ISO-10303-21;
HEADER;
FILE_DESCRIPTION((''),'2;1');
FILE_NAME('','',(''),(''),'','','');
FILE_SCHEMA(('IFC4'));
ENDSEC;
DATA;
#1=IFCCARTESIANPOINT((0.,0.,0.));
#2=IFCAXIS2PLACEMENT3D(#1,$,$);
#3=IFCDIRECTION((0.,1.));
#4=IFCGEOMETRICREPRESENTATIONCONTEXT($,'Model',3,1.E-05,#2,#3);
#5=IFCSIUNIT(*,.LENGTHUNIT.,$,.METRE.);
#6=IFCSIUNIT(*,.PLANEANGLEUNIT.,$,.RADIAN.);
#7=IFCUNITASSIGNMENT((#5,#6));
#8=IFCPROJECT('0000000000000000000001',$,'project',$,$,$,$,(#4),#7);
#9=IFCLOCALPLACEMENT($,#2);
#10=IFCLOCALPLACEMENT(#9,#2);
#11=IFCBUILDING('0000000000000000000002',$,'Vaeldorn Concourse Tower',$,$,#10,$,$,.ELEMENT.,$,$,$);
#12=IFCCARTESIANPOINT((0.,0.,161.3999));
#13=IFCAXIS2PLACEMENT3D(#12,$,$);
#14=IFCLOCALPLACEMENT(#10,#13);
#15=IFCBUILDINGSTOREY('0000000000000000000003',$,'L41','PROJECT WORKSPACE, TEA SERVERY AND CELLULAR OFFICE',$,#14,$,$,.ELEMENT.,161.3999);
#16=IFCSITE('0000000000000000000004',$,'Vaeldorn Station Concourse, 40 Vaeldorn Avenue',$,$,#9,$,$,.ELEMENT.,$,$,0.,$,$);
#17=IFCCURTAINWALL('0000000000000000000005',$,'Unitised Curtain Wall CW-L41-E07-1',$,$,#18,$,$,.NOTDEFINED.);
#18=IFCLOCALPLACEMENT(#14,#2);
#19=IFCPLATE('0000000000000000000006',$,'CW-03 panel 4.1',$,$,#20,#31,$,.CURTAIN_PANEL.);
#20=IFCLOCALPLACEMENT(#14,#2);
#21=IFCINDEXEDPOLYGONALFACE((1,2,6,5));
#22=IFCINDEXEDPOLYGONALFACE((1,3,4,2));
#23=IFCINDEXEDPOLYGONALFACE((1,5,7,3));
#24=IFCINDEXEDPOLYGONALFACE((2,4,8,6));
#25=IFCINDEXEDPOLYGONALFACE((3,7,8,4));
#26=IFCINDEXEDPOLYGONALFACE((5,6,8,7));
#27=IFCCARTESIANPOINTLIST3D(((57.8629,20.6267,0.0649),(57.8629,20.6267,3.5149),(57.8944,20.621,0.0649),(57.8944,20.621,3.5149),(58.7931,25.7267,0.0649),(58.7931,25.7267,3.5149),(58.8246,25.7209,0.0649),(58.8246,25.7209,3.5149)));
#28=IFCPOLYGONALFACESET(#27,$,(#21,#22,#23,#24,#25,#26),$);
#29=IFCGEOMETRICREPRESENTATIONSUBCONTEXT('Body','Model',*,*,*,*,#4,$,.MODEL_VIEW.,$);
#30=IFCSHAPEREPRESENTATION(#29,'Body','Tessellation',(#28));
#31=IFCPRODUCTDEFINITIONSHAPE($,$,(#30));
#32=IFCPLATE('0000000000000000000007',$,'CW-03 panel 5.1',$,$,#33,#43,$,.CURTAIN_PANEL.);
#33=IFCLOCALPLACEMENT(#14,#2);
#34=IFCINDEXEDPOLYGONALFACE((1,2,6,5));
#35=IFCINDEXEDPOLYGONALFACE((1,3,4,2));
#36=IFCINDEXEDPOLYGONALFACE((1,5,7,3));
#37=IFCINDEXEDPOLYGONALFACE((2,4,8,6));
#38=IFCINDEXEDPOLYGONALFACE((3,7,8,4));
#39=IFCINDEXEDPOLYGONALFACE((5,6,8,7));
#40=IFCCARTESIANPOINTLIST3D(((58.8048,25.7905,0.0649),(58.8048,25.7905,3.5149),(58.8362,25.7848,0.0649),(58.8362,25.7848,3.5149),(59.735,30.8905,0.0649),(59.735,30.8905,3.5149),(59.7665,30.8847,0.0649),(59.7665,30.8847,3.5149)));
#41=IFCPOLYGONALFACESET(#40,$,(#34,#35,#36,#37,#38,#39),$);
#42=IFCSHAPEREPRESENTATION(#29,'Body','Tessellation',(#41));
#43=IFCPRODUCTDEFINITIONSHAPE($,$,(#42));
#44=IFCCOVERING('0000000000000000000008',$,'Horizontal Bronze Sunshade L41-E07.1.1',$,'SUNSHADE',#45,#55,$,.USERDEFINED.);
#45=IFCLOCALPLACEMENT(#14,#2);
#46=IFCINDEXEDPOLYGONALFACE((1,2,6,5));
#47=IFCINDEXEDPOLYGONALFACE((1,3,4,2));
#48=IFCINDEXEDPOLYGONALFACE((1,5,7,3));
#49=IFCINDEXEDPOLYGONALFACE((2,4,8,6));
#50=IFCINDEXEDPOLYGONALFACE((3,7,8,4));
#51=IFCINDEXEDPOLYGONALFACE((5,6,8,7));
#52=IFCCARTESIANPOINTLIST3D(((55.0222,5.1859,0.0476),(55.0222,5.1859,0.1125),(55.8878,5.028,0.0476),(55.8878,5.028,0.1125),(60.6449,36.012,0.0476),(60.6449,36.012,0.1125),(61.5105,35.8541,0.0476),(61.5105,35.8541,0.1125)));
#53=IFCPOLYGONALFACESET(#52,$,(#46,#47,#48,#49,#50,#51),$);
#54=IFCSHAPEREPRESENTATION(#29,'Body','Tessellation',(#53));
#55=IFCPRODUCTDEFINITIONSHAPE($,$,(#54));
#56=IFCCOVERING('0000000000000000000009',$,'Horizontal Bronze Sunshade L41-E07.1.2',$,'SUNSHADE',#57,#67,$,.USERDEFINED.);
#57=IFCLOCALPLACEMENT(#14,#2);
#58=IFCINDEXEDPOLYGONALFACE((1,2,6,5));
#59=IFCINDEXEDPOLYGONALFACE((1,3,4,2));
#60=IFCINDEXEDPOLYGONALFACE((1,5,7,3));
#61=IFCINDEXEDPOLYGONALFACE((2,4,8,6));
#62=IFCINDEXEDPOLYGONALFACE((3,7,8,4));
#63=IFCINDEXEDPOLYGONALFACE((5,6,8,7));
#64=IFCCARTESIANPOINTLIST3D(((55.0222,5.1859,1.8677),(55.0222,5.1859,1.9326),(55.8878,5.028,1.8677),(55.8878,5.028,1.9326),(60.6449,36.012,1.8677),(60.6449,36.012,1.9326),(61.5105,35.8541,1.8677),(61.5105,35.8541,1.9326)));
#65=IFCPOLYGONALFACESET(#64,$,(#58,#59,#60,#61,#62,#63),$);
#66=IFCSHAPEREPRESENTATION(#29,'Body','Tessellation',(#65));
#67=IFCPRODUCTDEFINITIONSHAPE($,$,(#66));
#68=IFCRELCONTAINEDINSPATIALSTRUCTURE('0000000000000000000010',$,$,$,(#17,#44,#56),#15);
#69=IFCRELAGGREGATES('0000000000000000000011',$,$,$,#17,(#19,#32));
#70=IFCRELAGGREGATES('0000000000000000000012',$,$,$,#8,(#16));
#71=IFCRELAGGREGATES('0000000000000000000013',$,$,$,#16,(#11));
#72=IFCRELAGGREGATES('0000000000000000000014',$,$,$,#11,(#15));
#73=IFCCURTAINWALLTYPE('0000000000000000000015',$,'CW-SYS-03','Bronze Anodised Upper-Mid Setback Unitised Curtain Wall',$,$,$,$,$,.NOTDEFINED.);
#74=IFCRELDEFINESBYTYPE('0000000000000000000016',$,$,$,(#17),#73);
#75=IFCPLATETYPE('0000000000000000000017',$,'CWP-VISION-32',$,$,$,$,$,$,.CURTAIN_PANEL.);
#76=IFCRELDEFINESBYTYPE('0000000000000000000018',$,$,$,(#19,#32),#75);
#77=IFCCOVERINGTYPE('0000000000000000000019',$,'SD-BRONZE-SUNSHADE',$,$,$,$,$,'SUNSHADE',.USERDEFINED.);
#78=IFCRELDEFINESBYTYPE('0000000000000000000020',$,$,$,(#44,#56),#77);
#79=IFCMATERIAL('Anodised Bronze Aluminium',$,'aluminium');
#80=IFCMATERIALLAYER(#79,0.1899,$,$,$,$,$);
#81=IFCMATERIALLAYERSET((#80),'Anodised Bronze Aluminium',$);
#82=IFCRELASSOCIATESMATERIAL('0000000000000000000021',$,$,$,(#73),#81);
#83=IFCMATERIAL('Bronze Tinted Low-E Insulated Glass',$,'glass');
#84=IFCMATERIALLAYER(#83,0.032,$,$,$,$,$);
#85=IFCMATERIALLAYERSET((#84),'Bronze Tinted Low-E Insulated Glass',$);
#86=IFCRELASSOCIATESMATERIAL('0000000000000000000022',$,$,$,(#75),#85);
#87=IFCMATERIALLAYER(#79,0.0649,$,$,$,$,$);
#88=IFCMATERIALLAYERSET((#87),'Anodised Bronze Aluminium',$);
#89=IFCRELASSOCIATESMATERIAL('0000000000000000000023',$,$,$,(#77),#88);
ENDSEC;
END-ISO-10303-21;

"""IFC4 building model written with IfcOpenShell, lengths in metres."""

from ifc_helpers import new_model, si_unit, direction, frame, origin, origin_2d, place, context, subcontext, project, spatial, rectangle, extrude, source, transform, mapped, material, layer, layer_set, type_object, element, aggregate, save


model = new_model("IFC4")

# Units and contexts
model_context = context("Model", 3, precision=1e-05, world=origin(), true_north=direction((0.0, 1.0)))
body_context = subcontext(model_context, "Body", "Model", "MODEL_VIEW")
ifc_project = project(units=[si_unit("LENGTHUNIT", "METRE"), si_unit("PLANEANGLEUNIT", "RADIAN")], contexts=[model_context])

# Site, building, storey
site_placement = place(None, origin())
site = spatial("IfcSite", under=ifc_project, at=site_placement, Name="Vaeldorn Station Concourse, 40 Vaeldorn Avenue", CompositionType="ELEMENT", RefElevation=0.0)
building_placement = place(site_placement, origin())
building = spatial("IfcBuilding", under=site, at=building_placement, Name="Vaeldorn Concourse Tower", CompositionType="ELEMENT")
storey_placement = place(building_placement, frame((0.0, 0.0, 161.3999)))
storey = spatial("IfcBuildingStorey", under=building, at=storey_placement, Name="L41", Description="PROJECT WORKSPACE, TEA SERVERY AND CELLULAR OFFICE", CompositionType="ELEMENT", Elevation=161.3999)

# Curtain wall, plates
ifc_material_1 = material(Name="Anodised Bronze Aluminium", Category="aluminium")
ifc_layer_1 = layer(ifc_material_1, 0.1899)
ifc_layer_set_1 = layer_set([ifc_layer_1], Name="Anodised Bronze Aluminium")
curtain_wall_type = type_object("IfcCurtainWallType", Name="CW-SYS-03", Description="Bronze Anodised Upper-Mid Setback Unitised Curtain Wall", PredefinedType="NOTDEFINED", material=ifc_layer_set_1)
curtain_wall_placement = place(storey_placement, origin())
curtain_wall = element("IfcCurtainWall", 1, at=curtain_wall_placement, inside=storey, type_object=curtain_wall_type, Name="Unitised Curtain Wall CW-L41-E07-1", PredefinedType="NOTDEFINED")
ifc_material_2 = material(Name="Bronze Tinted Low-E Insulated Glass", Category="glass")
ifc_layer_2 = layer(ifc_material_2, 0.032)
ifc_layer_set_2 = layer_set([ifc_layer_2], Name="Bronze Tinted Low-E Insulated Glass")
plate_type = type_object("IfcPlateType", Name="CWP-VISION-32", PredefinedType="CURTAIN_PANEL", material=ifc_layer_set_2)
shared_shape_1 = source(origin(), body_context, "Body", "SweptSolid", [
    extrude(rectangle(XDim=5.1841, YDim=0.032, at=origin_2d()), origin(), (0.0, 0.0, 1.0), 3.45),
])
plate_1_placement = place(storey_placement, frame((58.3438, 23.1738, 0.0649), z_axis=(0.0, 0.0, 1.0), x_axis=(0.179446, 0.983768, 0.0)))
plate_1 = element("IfcPlate", 2, at=plate_1_placement, type_object=plate_type, Name="CW-03 panel 4.1", PredefinedType="CURTAIN_PANEL", context=body_context, shape_type="MappedRepresentation", body=[
    mapped(shared_shape_1, transform((0.0, 0.0, 0.0), scale=1.0)),
])
plate_2_placement = place(storey_placement, frame((59.2856, 28.3376, 0.0649), z_axis=(0.0, 0.0, 1.0), x_axis=(0.179446, 0.983768, 0.0)))
plate_2 = element("IfcPlate", 3, at=plate_2_placement, type_object=plate_type, Name="CW-03 panel 5.1", PredefinedType="CURTAIN_PANEL", context=body_context, shape_type="MappedRepresentation", body=[
    mapped(shared_shape_1, transform((0.0, 0.0, 0.0), scale=1.0)),
])
aggregate(curtain_wall, [plate_1, plate_2])

# Coverings
ifc_layer_3 = layer(ifc_material_1, 0.0649)
ifc_layer_set_3 = layer_set([ifc_layer_3], Name="Anodised Bronze Aluminium")
covering_type = type_object("IfcCoveringType", Name="SD-BRONZE-SUNSHADE", ElementType="SUNSHADE", PredefinedType="USERDEFINED", material=ifc_layer_set_3)
shared_shape_2 = source(origin(), body_context, "Body", "SweptSolid", [
    extrude(rectangle(XDim=31.3347, YDim=0.8799, at=origin_2d()), origin(), (0.0, 0.0, 1.0), 0.0649),
])
for number, where, z_axis, x_axis, name in (
    (4, (58.2664, 20.52, 0.0476), (0.0, 0.0, 1.0), (0.179438, 0.983769, 0.0), "Horizontal Bronze Sunshade L41-E07.1.1"),
    (5, (58.2664, 20.52, 1.8677), (0.0, 0.0, 1.0), (0.179438, 0.983769, 0.0), "Horizontal Bronze Sunshade L41-E07.1.2"),
):
    element("IfcCovering", number, at=place(storey_placement, frame(where, z_axis=z_axis, x_axis=x_axis)), inside=storey, type_object=covering_type, Name=name, ObjectType="SUNSHADE", PredefinedType="USERDEFINED", context=body_context, shape_type="MappedRepresentation", body=[
        mapped(shared_shape_2, transform((0.0, 0.0, 0.0), scale=1.0)),
    ])

save(model, "model.ifc")
